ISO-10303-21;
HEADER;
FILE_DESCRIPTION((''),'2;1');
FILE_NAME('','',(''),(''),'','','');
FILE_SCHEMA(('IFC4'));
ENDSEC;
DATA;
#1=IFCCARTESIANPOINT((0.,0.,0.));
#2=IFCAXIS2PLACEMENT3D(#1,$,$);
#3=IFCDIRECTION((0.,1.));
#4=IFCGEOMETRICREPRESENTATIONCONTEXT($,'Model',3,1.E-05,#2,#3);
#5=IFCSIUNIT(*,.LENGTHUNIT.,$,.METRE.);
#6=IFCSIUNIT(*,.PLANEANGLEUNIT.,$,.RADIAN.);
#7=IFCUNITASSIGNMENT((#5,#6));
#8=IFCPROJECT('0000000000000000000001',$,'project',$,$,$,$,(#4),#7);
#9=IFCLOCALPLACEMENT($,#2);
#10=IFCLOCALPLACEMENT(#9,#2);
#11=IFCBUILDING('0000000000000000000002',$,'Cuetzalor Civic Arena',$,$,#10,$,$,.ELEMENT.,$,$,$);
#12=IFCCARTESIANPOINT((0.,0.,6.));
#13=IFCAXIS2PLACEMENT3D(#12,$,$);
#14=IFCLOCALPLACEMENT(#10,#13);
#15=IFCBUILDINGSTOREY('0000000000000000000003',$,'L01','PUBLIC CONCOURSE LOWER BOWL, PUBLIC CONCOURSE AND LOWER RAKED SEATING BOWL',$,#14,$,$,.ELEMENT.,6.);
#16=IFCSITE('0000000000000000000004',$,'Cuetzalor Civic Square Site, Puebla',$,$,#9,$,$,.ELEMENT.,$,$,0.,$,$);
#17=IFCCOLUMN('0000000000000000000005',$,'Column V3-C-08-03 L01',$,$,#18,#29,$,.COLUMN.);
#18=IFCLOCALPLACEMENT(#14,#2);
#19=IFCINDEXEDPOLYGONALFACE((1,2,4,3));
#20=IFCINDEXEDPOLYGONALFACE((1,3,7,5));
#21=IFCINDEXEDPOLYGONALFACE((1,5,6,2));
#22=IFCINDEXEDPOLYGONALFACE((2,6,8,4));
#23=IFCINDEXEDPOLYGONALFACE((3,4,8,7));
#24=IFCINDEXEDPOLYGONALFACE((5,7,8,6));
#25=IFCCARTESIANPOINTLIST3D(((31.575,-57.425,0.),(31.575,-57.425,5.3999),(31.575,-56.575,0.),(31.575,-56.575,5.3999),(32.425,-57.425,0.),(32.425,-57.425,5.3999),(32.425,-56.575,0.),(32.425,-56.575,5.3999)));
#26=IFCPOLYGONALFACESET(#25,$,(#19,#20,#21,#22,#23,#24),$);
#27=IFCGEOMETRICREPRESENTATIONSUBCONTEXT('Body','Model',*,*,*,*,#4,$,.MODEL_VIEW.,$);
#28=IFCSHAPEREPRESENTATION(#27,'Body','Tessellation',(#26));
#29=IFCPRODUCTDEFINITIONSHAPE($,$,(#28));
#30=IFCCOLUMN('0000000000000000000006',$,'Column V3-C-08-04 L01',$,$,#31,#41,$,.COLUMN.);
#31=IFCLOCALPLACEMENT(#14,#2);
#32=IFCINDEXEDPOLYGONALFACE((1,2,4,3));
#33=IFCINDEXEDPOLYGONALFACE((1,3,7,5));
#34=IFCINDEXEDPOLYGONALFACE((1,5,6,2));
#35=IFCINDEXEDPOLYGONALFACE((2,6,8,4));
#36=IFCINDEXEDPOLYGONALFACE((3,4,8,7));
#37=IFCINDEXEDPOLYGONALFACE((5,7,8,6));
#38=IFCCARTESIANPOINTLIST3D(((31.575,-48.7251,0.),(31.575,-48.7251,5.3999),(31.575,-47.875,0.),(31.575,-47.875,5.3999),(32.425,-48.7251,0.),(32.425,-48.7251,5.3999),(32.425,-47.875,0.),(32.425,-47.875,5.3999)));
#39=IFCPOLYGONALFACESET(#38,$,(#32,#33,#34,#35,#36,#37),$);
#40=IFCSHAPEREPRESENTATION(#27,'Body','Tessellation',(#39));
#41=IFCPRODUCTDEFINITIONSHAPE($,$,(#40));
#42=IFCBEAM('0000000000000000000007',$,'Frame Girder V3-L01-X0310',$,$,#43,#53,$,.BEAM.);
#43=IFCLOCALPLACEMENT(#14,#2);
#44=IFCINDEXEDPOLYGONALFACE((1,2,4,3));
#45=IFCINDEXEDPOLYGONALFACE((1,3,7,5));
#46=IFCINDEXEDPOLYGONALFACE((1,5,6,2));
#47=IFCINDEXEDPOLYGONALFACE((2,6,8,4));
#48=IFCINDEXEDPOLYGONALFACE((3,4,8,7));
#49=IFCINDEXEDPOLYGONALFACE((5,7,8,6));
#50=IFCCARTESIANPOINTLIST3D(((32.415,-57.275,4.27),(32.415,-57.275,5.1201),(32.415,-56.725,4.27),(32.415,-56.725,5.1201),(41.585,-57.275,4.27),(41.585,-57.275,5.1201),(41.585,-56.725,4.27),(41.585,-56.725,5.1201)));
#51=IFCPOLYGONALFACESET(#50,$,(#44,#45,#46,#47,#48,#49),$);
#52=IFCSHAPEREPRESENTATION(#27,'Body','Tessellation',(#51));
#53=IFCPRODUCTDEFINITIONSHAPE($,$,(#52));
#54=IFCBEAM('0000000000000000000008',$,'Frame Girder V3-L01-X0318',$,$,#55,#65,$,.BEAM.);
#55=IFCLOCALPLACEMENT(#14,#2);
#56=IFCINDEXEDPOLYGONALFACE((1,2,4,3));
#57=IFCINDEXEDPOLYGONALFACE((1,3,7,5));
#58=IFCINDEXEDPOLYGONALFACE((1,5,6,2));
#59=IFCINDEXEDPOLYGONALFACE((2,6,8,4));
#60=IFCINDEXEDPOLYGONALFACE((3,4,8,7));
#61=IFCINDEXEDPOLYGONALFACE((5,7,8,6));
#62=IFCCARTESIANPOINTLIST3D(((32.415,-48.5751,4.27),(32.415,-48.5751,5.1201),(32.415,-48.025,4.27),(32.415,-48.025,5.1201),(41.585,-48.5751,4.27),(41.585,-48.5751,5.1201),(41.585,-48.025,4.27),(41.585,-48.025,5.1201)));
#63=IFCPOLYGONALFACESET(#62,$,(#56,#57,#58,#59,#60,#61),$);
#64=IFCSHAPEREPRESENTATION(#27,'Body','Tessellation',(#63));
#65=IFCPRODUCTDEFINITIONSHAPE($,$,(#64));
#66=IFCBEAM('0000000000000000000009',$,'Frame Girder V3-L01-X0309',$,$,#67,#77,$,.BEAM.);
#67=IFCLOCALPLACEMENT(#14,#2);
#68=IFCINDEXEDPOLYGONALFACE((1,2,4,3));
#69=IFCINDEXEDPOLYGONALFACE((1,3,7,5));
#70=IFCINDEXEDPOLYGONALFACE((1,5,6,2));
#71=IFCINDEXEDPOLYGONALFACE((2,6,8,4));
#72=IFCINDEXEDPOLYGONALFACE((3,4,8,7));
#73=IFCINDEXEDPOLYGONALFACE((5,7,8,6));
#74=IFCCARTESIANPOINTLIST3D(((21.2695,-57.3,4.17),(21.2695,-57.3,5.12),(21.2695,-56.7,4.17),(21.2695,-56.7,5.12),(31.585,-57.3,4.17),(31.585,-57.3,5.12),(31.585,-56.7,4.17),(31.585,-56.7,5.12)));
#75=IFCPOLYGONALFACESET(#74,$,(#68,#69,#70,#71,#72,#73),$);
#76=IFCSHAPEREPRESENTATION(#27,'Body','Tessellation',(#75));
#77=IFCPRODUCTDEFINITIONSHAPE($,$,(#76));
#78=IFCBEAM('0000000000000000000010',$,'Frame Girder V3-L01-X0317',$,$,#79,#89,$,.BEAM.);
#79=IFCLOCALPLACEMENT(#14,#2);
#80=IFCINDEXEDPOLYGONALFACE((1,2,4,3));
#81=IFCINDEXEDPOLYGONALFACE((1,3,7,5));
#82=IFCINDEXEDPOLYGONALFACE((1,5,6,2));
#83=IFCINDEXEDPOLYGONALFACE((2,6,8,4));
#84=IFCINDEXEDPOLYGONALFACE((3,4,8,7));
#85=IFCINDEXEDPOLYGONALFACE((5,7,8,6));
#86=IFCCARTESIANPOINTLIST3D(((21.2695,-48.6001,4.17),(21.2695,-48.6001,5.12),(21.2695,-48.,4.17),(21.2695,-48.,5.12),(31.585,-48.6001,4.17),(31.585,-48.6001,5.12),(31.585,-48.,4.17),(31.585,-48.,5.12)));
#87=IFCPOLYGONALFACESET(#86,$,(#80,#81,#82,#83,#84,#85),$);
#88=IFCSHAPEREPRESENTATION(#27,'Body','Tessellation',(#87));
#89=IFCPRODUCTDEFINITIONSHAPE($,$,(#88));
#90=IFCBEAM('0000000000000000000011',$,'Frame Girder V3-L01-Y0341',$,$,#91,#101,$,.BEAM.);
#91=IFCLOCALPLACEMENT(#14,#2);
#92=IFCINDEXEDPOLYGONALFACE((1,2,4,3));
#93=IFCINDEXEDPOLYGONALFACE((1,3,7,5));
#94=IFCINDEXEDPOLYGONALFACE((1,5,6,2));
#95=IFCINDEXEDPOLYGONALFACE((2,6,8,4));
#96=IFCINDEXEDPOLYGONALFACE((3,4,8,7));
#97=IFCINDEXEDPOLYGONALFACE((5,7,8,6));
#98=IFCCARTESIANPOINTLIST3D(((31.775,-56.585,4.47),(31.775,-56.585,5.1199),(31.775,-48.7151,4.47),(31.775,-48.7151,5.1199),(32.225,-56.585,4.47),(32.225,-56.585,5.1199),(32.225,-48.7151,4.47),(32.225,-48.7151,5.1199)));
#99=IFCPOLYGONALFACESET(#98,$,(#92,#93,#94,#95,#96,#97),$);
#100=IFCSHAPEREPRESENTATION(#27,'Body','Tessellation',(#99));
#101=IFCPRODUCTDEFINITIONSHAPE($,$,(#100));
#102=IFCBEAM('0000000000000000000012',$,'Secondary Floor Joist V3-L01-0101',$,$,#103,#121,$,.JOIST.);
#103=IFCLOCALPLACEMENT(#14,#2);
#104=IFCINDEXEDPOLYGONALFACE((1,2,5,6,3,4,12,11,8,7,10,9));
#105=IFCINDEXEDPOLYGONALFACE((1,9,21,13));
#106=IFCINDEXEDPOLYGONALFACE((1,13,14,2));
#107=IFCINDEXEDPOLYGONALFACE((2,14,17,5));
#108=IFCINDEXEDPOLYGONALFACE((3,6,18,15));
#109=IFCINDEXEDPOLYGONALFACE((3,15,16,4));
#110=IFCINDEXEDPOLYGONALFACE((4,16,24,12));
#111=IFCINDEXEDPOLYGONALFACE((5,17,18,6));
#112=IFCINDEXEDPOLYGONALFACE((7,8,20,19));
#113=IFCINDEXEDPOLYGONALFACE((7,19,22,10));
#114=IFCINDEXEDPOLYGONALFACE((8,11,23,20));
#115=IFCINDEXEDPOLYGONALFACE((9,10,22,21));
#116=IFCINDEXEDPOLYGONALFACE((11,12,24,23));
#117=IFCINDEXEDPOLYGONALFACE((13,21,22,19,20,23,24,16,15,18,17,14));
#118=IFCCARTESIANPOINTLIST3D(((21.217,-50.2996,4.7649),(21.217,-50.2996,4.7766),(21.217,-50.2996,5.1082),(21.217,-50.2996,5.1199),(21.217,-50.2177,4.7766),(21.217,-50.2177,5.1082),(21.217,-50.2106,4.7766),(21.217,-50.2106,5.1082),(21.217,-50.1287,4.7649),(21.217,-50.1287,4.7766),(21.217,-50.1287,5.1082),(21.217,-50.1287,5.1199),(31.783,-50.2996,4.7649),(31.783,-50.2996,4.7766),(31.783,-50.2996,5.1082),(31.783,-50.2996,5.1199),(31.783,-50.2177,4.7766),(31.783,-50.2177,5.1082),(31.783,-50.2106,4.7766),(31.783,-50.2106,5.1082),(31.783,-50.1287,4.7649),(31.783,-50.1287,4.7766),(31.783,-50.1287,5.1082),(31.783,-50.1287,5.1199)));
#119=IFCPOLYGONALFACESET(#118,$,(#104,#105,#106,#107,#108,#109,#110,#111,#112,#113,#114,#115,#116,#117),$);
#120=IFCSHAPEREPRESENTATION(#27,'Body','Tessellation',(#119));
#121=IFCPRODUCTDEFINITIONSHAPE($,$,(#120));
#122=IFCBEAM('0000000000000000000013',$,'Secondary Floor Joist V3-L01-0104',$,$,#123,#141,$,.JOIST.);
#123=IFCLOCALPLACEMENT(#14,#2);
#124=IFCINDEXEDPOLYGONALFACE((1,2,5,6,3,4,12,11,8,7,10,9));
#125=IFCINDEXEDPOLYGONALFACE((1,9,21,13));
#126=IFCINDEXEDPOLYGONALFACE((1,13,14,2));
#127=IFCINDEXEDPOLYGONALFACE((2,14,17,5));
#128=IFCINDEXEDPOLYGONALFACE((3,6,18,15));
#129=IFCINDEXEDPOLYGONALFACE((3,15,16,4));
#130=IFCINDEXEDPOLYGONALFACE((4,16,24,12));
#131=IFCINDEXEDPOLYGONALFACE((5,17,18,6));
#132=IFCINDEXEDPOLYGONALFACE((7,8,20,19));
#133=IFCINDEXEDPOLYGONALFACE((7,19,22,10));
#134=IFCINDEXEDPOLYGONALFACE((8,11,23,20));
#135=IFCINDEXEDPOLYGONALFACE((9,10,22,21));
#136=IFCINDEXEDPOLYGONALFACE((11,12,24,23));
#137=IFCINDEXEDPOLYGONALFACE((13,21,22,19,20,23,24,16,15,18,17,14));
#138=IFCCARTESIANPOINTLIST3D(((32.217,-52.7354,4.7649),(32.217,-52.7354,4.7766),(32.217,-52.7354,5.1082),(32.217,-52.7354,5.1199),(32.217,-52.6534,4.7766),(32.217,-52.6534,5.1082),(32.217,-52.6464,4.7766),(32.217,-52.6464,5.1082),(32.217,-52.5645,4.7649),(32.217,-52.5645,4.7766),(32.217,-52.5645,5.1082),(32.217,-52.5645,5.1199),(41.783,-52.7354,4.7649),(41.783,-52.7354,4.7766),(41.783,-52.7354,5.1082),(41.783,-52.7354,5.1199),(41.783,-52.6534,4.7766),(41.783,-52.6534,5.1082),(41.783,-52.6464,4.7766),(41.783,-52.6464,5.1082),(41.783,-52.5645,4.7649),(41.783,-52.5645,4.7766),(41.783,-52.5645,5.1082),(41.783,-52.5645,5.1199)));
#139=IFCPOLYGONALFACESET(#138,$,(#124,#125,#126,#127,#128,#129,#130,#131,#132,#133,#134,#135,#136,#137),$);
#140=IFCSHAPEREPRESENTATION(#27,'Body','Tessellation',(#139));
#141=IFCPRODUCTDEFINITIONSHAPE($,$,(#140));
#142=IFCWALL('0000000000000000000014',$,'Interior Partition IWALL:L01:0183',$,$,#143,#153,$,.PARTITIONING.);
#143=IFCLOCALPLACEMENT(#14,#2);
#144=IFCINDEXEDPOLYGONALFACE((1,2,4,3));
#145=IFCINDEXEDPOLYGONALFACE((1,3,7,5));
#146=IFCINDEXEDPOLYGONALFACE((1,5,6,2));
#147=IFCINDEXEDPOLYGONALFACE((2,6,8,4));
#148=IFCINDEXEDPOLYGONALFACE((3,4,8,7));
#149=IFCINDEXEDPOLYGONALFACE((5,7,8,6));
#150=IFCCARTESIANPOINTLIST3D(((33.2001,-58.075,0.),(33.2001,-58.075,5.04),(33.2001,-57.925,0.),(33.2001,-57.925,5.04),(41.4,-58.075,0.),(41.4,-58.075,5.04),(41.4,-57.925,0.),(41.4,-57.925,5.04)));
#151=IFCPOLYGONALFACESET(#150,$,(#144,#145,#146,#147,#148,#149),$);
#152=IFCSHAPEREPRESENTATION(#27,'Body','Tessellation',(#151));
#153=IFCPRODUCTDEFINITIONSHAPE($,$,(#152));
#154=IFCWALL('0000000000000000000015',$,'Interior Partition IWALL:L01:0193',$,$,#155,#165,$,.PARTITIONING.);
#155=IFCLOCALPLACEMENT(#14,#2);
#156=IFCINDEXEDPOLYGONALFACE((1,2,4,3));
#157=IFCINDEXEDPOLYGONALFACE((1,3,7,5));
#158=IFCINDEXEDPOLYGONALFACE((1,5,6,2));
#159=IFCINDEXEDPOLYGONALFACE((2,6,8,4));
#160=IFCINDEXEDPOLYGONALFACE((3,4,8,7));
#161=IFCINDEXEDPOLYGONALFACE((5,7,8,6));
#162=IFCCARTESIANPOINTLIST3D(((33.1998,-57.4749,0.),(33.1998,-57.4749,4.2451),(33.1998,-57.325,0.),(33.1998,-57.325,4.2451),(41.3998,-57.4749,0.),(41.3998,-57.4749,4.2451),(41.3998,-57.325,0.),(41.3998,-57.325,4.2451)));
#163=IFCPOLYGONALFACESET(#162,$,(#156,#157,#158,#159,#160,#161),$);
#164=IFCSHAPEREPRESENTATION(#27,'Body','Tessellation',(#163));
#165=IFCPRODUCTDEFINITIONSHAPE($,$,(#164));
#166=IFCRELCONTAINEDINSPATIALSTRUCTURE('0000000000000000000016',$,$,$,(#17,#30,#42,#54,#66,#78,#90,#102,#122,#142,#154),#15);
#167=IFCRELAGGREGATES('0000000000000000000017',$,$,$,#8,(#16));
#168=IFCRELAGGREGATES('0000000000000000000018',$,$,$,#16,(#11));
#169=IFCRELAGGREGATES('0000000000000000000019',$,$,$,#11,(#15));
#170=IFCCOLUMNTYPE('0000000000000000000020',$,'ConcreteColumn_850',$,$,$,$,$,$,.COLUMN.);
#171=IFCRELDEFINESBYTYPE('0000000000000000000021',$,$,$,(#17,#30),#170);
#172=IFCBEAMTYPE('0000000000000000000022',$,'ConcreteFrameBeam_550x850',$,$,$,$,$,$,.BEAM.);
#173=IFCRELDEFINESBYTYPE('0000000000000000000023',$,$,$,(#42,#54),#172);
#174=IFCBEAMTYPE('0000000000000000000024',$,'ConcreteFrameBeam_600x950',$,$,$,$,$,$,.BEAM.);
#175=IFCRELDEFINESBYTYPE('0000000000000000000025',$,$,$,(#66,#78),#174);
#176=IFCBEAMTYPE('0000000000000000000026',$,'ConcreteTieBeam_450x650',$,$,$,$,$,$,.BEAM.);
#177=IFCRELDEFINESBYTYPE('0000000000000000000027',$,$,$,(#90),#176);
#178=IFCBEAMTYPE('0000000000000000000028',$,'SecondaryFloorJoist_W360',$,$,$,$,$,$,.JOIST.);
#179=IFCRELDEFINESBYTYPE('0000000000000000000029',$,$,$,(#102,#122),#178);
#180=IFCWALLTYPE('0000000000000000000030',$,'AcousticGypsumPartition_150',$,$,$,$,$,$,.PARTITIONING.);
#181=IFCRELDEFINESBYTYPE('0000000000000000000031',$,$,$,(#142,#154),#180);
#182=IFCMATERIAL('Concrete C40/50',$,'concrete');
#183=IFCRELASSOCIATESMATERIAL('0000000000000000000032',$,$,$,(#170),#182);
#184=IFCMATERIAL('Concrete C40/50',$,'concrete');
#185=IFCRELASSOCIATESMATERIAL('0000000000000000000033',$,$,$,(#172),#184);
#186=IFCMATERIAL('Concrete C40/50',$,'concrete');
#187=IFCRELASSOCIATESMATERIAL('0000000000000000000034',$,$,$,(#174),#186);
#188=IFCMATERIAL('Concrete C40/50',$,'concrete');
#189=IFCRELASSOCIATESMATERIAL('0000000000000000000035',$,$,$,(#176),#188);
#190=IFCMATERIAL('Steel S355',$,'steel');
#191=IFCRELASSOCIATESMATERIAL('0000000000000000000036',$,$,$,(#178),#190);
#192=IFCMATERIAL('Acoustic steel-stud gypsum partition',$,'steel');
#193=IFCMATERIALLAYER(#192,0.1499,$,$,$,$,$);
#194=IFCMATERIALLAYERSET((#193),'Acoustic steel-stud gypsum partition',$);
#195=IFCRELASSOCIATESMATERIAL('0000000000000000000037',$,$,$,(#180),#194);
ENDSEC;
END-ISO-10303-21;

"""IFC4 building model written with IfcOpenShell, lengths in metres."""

from ifc_helpers import new_model, si_unit, direction, frame, frame_2d, origin, origin_2d, place, context, subcontext, project, spatial, rectangle, i_section, extrude, material, layer, layer_set, material_profile, profile_set, type_object, element, save


model = new_model("IFC4")

# Units and contexts
model_context = context("Model", 3, precision=1e-05, world=origin(), true_north=direction((0.0, 1.0)))
body_context = subcontext(model_context, "Body", "Model", "MODEL_VIEW")
ifc_project = project(units=[si_unit("LENGTHUNIT", "METRE"), si_unit("PLANEANGLEUNIT", "RADIAN")], contexts=[model_context])

# Site, building, storey
site_placement = place(None, origin())
site = spatial("IfcSite", under=ifc_project, at=site_placement, Name="Cuetzalor Civic Square Site, Puebla", CompositionType="ELEMENT", RefElevation=0.0)
building_placement = place(site_placement, origin())
building = spatial("IfcBuilding", under=site, at=building_placement, Name="Cuetzalor Civic Arena", CompositionType="ELEMENT")
storey_placement = place(building_placement, frame((0.0, 0.0, 6.0)))
storey = spatial("IfcBuildingStorey", under=building, at=storey_placement, Name="L01", Description="PUBLIC CONCOURSE LOWER BOWL, PUBLIC CONCOURSE AND LOWER RAKED SEATING BOWL", CompositionType="ELEMENT", Elevation=6.0)

# Columns
ifc_material_1 = material(Name="Concrete C40/50", Category="concrete")
ifc_material_profile_1 = material_profile(ifc_material_1, rectangle(XDim=0.8501, YDim=0.8501, at=origin_2d()), Name="RC 850x850")
ifc_profile_set_1 = profile_set([ifc_material_profile_1], Name="Concrete C40/50")
column_type = type_object("IfcColumnType", Name="ConcreteColumn_850", PredefinedType="COLUMN", material=ifc_profile_set_1)
for number, where, z_axis, x_axis, name in (
    (1, (32.0, -57.0, 0.0), (0.0, 0.0, 1.0), (1.0, 0.0, 0.0), "Column V3-C-08-03 L01"),
    (2, (32.0, -48.3, 0.0), (0.0, 0.0, 1.0), (1.0, 0.0, 0.0), "Column V3-C-08-04 L01"),
):
    element("IfcColumn", number, at=place(storey_placement, frame(where, z_axis=z_axis, x_axis=x_axis)), inside=storey, type_object=column_type, Name=name, PredefinedType="COLUMN", context=body_context, shape_type="SweptSolid", body=[
        extrude(rectangle(XDim=0.8501, YDim=0.8501, at=origin_2d()), origin(), (0.0, 0.0, 1.0), 5.3999),
    ])

# Beams
ifc_material_2 = material(Name="Concrete C40/50", Category="concrete")
ifc_material_profile_2 = material_profile(ifc_material_2, rectangle(XDim=0.55, YDim=0.8501, at=origin_2d()), Name="RC 550x850")
ifc_profile_set_2 = profile_set([ifc_material_profile_2], Name="Concrete C40/50")
beam_type_1 = type_object("IfcBeamType", Name="ConcreteFrameBeam_550x850", PredefinedType="BEAM", material=ifc_profile_set_2)
for number, where, z_axis, x_axis, name in (
    (3, (32.415, -57.0, 4.6951), (1.0, 0.0, 0.0), (0.0, 1.0, 0.0), "Frame Girder V3-L01-X0310"),
    (4, (32.415, -48.3, 4.6951), (1.0, 0.0, 0.0), (0.0, 1.0, 0.0), "Frame Girder V3-L01-X0318"),
):
    element("IfcBeam", number, at=place(storey_placement, frame(where, z_axis=z_axis, x_axis=x_axis)), inside=storey, type_object=beam_type_1, Name=name, PredefinedType="BEAM", context=body_context, shape_type="SweptSolid", body=[
        extrude(rectangle(XDim=0.55, YDim=0.8501, at=origin_2d()), origin(), (0.0, 0.0, 1.0), 9.1699),
    ])
ifc_material_3 = material(Name="Concrete C40/50", Category="concrete")
ifc_material_profile_3 = material_profile(ifc_material_3, rectangle(XDim=0.6001, YDim=0.95, at=origin_2d()), Name="RC 600x950")
ifc_profile_set_3 = profile_set([ifc_material_profile_3], Name="Concrete C40/50")
beam_type_2 = type_object("IfcBeamType", Name="ConcreteFrameBeam_600x950", PredefinedType="BEAM", material=ifc_profile_set_3)
for number, where, z_axis, x_axis, name in (
    (5, (21.2695, -57.0, 4.645), (1.0, 0.0, 0.0), (0.0, 1.0, 0.0), "Frame Girder V3-L01-X0309"),
    (6, (21.2695, -48.3, 4.645), (1.0, 0.0, 0.0), (0.0, 1.0, 0.0), "Frame Girder V3-L01-X0317"),
):
    element("IfcBeam", number, at=place(storey_placement, frame(where, z_axis=z_axis, x_axis=x_axis)), inside=storey, type_object=beam_type_2, Name=name, PredefinedType="BEAM", context=body_context, shape_type="SweptSolid", body=[
        extrude(rectangle(XDim=0.6001, YDim=0.95, at=origin_2d()), origin(), (0.0, 0.0, 1.0), 10.3154),
    ])
ifc_material_4 = material(Name="Concrete C40/50", Category="concrete")
ifc_material_profile_4 = material_profile(ifc_material_4, rectangle(XDim=0.45, YDim=0.6499, at=origin_2d()), Name="RC 450x650")
ifc_profile_set_4 = profile_set([ifc_material_profile_4], Name="Concrete C40/50")
beam_type_3 = type_object("IfcBeamType", Name="ConcreteTieBeam_450x650", PredefinedType="BEAM", material=ifc_profile_set_4)
beam_1_placement = place(storey_placement, frame((32.0, -56.585, 4.7949), z_axis=(0.0, 1.0, 0.0), x_axis=(-1.0, 0.0, 0.0)))
element("IfcBeam", 7, at=beam_1_placement, inside=storey, type_object=beam_type_3, Name="Frame Girder V3-L01-Y0341", PredefinedType="BEAM", context=body_context, shape_type="SweptSolid", body=[
    extrude(rectangle(XDim=0.45, YDim=0.6499, at=origin_2d()), origin(), (0.0, 0.0, 1.0), 7.8699),
])
ifc_material_5 = material(Name="Steel S355", Category="steel")
ifc_material_profile_5 = material_profile(ifc_material_5, i_section(OverallWidth=0.1709, OverallDepth=0.355, WebThickness=0.0071, FlangeThickness=0.0117, at=origin_2d()), Name="W360x51")
ifc_profile_set_5 = profile_set([ifc_material_profile_5], Name="Steel S355")
beam_type_4 = type_object("IfcBeamType", Name="SecondaryFloorJoist_W360", PredefinedType="JOIST", material=ifc_profile_set_5)
beam_2_placement = place(storey_placement, frame((21.217, -50.2141, 4.9424), z_axis=(1.0, 0.0, 0.0), x_axis=(0.0, 1.0, 0.0)))
element("IfcBeam", 8, at=beam_2_placement, inside=storey, type_object=beam_type_4, Name="Secondary Floor Joist V3-L01-0101", PredefinedType="JOIST", context=body_context, shape_type="SweptSolid", body=[
    extrude(i_section(OverallWidth=0.1709, OverallDepth=0.355, WebThickness=0.0071, FlangeThickness=0.0117, at=origin_2d()), origin(), (0.0, 0.0, 1.0), 10.5659),
])
beam_3_placement = place(storey_placement, frame((32.217, -52.6499, 4.9424), z_axis=(1.0, 0.0, 0.0), x_axis=(0.0, 1.0, 0.0)))
element("IfcBeam", 9, at=beam_3_placement, inside=storey, type_object=beam_type_4, Name="Secondary Floor Joist V3-L01-0104", PredefinedType="JOIST", context=body_context, shape_type="SweptSolid", body=[
    extrude(i_section(OverallWidth=0.1709, OverallDepth=0.355, WebThickness=0.0071, FlangeThickness=0.0117, at=origin_2d()), origin(), (0.0, 0.0, 1.0), 9.5659),
])

# Walls
ifc_material_6 = material(Name="Acoustic steel-stud gypsum partition", Category="steel")
ifc_layer_1 = layer(ifc_material_6, 0.1499)
ifc_layer_set_1 = layer_set([ifc_layer_1], Name="Acoustic steel-stud gypsum partition")
wall_type_1 = type_object("IfcWallType", Name="AcousticGypsumPartition_150", PredefinedType="PARTITIONING", material=ifc_layer_set_1)
wall_1_placement = place(storey_placement, frame((33.2, -58.0, 0.0), z_axis=(0.0, 0.0, 1.0), x_axis=(1.0, 0.0, 0.0)))
element("IfcWall", 10, at=wall_1_placement, inside=storey, type_object=wall_type_1, Name="Interior Partition IWALL:L01:0183", PredefinedType="PARTITIONING", context=body_context, shape_type="SweptSolid", body=[
    extrude(rectangle(XDim=8.2, YDim=0.1499, at=frame_2d((4.1001, 0.0))), origin(), (0.0, 0.0, 1.0), 5.04),
])
wall_2_placement = place(storey_placement, frame((41.3999, -57.3999, 0.0), z_axis=(0.0, 0.0, 1.0), x_axis=(-1.0, 0.0, 0.0)))
element("IfcWall", 11, at=wall_2_placement, inside=storey, type_object=wall_type_1, Name="Interior Partition IWALL:L01:0193", PredefinedType="PARTITIONING", context=body_context, shape_type="SweptSolid", body=[
    extrude(rectangle(XDim=8.2, YDim=0.1499, at=frame_2d((4.1001, 0.0))), origin(), (0.0, 0.0, 1.0), 4.2451),
])

save(model, "model.ifc")
